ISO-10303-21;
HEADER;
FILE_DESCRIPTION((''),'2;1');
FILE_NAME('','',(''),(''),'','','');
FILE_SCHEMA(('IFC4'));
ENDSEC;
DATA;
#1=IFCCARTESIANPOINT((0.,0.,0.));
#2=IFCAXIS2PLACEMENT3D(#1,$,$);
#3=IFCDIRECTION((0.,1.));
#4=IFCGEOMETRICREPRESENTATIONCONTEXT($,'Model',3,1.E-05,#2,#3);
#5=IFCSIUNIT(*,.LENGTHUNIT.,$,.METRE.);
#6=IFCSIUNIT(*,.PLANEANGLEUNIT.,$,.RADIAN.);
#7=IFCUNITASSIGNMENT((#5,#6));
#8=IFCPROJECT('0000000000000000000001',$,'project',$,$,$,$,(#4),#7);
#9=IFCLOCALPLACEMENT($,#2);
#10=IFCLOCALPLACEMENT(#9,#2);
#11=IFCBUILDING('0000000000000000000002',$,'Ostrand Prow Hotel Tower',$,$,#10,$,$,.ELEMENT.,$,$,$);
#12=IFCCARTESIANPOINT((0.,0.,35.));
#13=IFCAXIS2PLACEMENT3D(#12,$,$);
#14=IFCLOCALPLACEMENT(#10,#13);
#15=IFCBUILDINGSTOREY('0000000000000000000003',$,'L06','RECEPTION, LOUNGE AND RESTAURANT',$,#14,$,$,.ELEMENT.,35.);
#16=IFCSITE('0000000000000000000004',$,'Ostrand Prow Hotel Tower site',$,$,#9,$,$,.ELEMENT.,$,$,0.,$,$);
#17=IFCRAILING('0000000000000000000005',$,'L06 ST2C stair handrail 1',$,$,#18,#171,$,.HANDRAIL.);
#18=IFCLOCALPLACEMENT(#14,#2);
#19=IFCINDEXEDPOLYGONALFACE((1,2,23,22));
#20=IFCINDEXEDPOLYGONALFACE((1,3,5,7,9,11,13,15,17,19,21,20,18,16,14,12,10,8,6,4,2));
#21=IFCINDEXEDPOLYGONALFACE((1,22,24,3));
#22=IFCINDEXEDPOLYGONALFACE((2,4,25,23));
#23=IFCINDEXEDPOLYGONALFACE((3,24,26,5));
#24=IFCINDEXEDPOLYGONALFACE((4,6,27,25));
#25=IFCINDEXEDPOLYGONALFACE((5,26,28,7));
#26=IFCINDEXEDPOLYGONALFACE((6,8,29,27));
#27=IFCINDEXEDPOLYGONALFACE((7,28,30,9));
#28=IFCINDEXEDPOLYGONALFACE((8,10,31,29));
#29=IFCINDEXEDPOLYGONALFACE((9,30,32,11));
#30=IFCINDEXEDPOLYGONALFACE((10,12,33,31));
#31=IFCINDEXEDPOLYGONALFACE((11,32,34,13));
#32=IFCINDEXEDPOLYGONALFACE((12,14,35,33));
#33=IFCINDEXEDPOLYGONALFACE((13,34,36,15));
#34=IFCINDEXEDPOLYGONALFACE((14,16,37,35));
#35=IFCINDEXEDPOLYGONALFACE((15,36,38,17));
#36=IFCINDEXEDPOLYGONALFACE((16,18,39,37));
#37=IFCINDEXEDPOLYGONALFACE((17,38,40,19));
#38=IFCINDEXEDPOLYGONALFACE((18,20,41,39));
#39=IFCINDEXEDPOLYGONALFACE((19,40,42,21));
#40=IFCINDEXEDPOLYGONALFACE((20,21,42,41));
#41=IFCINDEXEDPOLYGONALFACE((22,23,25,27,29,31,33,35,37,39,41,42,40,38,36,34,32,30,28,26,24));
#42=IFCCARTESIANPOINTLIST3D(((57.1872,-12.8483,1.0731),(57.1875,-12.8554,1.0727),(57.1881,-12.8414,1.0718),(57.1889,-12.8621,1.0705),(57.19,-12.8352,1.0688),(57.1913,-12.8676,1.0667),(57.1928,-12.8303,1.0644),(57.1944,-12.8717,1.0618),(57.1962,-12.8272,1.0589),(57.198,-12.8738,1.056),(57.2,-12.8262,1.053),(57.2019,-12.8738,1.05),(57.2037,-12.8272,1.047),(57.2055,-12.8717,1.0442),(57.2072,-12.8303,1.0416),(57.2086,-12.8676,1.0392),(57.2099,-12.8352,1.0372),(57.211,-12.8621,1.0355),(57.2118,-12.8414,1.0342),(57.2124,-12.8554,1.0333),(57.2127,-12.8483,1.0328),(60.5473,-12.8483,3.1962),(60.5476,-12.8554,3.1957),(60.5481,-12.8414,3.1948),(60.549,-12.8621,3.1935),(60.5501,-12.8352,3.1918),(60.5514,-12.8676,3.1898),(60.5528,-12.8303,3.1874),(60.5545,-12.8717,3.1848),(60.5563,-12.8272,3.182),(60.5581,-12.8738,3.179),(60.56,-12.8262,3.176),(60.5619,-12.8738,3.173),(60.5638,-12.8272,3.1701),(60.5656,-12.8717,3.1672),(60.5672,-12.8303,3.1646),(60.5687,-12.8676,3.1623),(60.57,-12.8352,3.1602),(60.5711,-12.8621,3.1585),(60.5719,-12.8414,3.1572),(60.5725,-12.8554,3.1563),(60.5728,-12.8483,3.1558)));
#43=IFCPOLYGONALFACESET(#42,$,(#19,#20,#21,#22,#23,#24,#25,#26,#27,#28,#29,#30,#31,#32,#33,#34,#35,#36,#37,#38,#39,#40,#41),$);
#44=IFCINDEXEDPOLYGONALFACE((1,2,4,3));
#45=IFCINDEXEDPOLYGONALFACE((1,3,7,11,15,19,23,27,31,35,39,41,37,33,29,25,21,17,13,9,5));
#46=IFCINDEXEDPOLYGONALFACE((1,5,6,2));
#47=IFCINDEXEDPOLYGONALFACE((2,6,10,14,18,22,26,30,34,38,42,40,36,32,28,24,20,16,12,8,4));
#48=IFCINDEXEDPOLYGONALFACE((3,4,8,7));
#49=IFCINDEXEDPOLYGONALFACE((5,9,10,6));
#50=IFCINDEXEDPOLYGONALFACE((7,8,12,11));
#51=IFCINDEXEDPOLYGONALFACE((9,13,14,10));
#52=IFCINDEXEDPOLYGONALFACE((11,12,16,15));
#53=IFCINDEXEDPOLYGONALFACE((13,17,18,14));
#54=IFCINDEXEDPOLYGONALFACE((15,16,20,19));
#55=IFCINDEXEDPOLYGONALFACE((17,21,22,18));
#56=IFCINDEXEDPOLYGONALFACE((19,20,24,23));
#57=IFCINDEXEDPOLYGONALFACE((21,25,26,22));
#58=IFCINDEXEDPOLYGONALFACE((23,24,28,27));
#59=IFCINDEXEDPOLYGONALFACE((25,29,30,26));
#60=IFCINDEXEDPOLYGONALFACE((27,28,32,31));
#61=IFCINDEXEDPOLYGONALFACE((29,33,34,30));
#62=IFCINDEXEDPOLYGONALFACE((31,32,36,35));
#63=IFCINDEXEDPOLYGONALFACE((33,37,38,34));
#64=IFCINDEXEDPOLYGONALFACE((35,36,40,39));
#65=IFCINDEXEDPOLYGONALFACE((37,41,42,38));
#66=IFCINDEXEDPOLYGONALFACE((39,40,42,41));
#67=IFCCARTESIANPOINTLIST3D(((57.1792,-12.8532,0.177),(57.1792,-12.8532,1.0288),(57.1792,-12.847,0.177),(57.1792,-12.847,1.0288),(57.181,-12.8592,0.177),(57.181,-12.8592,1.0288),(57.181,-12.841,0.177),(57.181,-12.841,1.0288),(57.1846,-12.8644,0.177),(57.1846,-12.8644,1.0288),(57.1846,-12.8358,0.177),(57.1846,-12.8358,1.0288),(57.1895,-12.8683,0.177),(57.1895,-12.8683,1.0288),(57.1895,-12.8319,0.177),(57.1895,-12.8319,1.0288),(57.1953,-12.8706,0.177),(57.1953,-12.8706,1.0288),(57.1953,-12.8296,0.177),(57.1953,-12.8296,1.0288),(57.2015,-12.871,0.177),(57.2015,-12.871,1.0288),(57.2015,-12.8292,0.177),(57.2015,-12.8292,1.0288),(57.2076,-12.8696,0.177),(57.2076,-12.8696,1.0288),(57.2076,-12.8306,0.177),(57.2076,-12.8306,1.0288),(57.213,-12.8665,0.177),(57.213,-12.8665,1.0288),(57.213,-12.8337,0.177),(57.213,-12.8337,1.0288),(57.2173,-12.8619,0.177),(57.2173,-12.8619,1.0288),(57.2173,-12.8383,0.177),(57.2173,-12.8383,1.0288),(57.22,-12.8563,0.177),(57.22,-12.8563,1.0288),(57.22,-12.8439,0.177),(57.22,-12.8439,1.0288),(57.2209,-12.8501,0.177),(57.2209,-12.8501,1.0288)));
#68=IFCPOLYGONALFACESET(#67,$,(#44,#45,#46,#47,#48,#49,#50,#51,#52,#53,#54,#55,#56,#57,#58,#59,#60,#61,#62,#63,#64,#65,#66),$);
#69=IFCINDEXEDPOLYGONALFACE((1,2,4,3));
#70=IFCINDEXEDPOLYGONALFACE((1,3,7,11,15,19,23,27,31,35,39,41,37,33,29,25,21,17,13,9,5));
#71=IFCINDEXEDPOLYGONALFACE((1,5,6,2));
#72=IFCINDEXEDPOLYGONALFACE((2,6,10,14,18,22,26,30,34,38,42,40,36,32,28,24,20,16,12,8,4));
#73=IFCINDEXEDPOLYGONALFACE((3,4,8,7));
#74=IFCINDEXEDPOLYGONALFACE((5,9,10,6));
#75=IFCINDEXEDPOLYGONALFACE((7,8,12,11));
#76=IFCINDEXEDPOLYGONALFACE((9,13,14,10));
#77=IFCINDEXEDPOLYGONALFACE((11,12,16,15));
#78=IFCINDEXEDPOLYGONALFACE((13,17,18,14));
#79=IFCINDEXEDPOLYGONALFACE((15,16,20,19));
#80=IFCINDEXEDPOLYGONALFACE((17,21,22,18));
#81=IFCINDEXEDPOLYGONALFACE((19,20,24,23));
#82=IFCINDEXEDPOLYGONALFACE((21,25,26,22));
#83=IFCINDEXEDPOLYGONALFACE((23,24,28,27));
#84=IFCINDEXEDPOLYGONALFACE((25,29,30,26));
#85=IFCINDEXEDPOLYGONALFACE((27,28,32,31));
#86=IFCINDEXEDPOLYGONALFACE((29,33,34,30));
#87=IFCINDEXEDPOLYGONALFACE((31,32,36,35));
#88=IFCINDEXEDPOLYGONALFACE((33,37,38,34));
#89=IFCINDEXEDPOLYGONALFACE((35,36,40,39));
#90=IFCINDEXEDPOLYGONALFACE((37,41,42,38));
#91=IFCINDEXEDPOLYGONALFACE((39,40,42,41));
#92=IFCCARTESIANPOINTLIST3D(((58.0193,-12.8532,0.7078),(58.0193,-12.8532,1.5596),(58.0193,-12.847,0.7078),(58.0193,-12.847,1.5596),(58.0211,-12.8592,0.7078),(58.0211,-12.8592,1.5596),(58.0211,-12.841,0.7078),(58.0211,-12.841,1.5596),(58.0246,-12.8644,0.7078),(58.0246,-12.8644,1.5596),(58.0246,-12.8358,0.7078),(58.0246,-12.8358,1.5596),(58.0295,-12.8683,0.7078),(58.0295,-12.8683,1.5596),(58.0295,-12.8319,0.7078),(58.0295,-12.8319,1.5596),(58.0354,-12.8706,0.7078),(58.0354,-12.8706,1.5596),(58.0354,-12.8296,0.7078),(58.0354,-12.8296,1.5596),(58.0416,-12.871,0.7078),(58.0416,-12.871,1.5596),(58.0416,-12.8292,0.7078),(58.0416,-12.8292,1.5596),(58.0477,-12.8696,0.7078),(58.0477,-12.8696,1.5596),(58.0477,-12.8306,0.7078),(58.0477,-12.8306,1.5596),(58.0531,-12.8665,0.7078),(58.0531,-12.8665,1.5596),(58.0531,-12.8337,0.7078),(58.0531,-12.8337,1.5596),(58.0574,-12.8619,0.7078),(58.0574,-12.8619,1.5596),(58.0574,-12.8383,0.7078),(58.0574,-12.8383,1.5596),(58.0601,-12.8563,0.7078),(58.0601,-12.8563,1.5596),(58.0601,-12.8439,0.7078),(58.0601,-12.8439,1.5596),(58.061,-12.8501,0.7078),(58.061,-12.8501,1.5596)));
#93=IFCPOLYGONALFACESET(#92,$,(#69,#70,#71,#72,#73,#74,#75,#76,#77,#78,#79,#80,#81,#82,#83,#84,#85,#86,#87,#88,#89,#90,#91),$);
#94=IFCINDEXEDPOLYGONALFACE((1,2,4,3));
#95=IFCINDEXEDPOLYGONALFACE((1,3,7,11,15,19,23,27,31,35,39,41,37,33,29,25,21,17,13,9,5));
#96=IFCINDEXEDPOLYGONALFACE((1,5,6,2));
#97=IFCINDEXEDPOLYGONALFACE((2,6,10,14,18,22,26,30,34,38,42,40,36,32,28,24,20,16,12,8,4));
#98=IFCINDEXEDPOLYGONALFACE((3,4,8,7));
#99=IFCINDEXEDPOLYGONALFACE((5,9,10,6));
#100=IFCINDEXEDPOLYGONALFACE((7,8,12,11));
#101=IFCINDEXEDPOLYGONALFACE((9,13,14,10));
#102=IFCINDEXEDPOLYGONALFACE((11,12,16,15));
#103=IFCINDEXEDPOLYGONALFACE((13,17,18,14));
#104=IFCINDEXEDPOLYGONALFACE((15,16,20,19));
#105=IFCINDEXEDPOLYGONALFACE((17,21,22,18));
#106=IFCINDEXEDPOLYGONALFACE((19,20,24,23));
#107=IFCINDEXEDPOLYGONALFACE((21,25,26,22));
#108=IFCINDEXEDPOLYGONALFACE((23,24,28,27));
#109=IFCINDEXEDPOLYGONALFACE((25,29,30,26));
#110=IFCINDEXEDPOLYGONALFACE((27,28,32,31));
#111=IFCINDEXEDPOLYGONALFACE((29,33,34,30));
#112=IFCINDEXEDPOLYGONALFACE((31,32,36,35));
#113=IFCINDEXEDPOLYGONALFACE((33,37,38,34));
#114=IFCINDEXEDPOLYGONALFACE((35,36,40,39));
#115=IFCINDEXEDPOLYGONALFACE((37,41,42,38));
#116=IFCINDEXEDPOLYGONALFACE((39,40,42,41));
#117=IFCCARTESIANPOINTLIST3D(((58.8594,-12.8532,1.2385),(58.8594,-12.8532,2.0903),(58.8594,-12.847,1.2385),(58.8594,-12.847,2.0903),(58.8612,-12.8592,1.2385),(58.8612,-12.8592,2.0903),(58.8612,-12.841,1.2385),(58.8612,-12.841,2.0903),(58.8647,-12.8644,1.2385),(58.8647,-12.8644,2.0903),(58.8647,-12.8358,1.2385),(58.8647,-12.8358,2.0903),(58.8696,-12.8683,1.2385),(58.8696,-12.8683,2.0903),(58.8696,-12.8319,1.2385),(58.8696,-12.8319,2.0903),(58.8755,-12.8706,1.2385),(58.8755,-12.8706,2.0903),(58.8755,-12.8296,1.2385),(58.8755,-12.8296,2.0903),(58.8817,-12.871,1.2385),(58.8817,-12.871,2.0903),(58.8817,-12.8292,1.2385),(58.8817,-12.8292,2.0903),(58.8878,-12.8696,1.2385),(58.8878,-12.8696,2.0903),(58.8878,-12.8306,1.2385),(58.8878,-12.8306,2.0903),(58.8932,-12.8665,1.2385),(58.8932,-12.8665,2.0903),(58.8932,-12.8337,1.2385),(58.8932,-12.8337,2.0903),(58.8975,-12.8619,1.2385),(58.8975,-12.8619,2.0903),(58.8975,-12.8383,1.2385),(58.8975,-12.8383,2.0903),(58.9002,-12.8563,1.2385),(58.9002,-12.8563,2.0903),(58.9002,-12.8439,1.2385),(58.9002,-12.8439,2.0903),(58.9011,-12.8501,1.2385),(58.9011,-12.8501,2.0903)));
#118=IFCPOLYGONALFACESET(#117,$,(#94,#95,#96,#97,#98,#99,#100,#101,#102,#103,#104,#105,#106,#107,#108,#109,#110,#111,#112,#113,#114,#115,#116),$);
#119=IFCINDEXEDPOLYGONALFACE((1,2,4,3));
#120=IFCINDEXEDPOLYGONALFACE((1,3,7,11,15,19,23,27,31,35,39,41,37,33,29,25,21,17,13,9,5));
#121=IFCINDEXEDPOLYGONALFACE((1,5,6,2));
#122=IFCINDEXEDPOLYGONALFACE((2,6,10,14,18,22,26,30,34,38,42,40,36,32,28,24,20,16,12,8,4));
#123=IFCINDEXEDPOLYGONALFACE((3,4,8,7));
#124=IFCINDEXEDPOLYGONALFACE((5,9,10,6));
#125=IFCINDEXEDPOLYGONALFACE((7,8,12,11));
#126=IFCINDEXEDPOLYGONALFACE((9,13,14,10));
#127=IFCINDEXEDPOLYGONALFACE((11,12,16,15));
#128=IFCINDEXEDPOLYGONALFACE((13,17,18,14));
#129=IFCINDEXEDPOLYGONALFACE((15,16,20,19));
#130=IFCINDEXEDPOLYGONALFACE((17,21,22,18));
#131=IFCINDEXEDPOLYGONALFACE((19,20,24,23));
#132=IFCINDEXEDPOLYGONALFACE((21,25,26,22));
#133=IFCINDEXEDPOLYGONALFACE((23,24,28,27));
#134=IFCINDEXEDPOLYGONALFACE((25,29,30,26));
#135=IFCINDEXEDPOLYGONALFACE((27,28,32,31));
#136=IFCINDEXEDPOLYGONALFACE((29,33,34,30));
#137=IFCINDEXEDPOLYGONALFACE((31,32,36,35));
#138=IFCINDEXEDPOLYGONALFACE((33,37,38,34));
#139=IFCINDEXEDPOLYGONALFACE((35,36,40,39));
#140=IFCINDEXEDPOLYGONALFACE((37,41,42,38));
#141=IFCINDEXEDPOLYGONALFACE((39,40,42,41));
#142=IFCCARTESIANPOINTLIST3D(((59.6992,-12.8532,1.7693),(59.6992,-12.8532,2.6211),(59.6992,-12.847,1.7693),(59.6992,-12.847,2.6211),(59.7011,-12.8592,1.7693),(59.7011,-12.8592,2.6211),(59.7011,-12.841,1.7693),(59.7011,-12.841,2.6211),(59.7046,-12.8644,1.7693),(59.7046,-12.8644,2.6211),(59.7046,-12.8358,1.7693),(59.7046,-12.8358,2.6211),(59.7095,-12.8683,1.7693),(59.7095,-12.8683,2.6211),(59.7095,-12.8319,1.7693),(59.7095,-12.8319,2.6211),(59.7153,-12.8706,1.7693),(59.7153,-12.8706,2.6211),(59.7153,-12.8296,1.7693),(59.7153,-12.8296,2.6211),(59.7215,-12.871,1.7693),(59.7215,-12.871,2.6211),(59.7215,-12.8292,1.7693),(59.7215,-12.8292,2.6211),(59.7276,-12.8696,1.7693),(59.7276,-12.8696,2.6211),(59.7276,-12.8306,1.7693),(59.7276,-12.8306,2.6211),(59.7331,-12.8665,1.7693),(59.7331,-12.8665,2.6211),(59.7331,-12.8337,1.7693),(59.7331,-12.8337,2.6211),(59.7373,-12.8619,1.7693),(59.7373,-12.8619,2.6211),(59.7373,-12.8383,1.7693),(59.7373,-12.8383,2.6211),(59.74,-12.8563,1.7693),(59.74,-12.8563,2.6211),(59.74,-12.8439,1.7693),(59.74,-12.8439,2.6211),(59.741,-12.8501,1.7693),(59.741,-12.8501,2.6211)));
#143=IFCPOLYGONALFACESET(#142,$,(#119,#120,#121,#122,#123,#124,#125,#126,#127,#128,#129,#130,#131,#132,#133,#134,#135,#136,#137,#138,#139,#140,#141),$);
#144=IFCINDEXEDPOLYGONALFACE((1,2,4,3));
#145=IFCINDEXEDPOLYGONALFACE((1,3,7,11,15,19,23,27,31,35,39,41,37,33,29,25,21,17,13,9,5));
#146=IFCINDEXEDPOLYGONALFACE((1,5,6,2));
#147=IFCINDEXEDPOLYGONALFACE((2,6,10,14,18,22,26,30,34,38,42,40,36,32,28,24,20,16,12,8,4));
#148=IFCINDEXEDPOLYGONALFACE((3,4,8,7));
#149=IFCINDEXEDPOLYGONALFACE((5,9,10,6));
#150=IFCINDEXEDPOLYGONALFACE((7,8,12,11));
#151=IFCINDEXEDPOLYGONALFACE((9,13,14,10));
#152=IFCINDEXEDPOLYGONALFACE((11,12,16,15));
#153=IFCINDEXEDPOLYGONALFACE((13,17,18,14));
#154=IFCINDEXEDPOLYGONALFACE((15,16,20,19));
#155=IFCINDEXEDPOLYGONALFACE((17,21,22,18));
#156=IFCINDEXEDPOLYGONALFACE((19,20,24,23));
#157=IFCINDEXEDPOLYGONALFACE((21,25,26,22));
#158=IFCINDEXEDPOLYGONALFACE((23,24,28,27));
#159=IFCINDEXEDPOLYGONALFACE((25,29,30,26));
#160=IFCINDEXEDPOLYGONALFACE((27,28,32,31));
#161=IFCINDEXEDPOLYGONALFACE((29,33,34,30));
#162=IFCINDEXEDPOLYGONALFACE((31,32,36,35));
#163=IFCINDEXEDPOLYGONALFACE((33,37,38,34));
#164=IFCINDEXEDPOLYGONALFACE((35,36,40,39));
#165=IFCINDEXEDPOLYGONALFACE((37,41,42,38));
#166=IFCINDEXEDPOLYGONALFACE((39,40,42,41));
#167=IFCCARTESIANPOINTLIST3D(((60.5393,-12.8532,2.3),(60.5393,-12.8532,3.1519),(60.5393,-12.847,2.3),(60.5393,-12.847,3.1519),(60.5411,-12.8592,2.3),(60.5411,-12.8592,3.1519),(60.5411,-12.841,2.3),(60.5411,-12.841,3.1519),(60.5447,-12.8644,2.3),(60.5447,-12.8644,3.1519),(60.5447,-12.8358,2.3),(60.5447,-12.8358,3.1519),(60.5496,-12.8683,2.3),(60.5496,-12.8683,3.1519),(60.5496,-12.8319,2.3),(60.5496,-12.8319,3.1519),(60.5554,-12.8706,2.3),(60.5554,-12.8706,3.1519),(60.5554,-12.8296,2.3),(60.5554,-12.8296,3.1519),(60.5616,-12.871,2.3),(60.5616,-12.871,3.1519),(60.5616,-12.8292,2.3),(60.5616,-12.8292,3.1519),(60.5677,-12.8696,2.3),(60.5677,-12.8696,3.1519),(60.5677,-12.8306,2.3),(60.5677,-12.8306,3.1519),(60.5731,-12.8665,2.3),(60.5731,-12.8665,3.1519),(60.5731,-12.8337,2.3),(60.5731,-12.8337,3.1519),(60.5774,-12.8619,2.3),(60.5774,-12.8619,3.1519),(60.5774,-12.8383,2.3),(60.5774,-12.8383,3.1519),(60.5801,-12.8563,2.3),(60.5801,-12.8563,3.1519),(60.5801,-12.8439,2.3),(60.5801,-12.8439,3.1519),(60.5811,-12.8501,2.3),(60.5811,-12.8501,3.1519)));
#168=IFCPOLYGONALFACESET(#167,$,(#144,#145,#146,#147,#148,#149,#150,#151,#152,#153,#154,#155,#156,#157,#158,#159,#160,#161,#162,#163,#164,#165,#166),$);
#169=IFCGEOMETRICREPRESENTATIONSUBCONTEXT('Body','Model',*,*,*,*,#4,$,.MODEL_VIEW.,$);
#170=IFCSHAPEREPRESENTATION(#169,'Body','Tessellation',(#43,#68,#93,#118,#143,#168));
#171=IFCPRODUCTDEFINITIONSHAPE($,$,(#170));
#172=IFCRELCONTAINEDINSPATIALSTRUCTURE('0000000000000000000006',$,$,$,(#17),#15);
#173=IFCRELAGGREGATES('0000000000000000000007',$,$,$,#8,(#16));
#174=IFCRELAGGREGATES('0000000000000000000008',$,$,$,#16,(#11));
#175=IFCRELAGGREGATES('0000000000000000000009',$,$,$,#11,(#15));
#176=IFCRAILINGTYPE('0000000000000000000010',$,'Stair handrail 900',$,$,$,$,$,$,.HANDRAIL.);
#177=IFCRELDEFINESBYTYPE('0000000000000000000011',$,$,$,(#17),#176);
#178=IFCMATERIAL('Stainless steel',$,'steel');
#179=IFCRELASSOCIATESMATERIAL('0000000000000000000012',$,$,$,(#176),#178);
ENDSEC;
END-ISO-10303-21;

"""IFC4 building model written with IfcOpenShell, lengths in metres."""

from ifc_helpers import new_model, si_unit, direction, frame, origin, origin_2d, place, context, subcontext, project, spatial, circle, extrude, material, type_object, element, save


model = new_model("IFC4")

# Units and contexts
model_context = context("Model", 3, precision=1e-05, world=origin(), true_north=direction((0.0, 1.0)))
body_context = subcontext(model_context, "Body", "Model", "MODEL_VIEW")
ifc_project = project(units=[si_unit("LENGTHUNIT", "METRE"), si_unit("PLANEANGLEUNIT", "RADIAN")], contexts=[model_context])

# Site, building, storey
site_placement = place(None, origin())
site = spatial("IfcSite", under=ifc_project, at=site_placement, Name="Ostrand Prow Hotel Tower site", CompositionType="ELEMENT", RefElevation=0.0)
building_placement = place(site_placement, origin())
building = spatial("IfcBuilding", under=site, at=building_placement, Name="Ostrand Prow Hotel Tower", CompositionType="ELEMENT")
storey_placement = place(building_placement, frame((0.0, 0.0, 35.0)))
storey = spatial("IfcBuildingStorey", under=building, at=storey_placement, Name="L06", Description="RECEPTION, LOUNGE AND RESTAURANT", CompositionType="ELEMENT", Elevation=35.0)

# Railing
ifc_material_1 = material(Name="Stainless steel", Category="steel")
railing_type_1 = type_object("IfcRailingType", Name="Stair handrail 900", PredefinedType="HANDRAIL", material=ifc_material_1)
railing_1_placement = place(storey_placement, frame((57.2, -12.8501, 0.177)))
element("IfcRailing", 1, at=railing_1_placement, inside=storey, type_object=railing_type_1, Name="L06 ST2C stair handrail 1", PredefinedType="HANDRAIL", context=body_context, shape_type="SweptSolid", body=[
    extrude(circle(Radius=0.0239, at=origin_2d()), frame((0.0, 0.0, 0.876), z_axis=(0.84539, 0.0, 0.53415), x_axis=(0.0, 1.0, 0.0)), (0.0, 0.0, 1.0), 3.9746),
    extrude(circle(Radius=0.021, at=origin_2d()), origin(), (0.0, 0.0, 1.0), 0.8518),
    extrude(circle(Radius=0.021, at=origin_2d()), frame((0.8401, 0.0, 0.5308)), (0.0, 0.0, 1.0), 0.8518),
    extrude(circle(Radius=0.021, at=origin_2d()), frame((1.6802, 0.0, 1.0615)), (0.0, 0.0, 1.0), 0.8518),
    extrude(circle(Radius=0.021, at=origin_2d()), frame((2.52, 0.0, 1.5923)), (0.0, 0.0, 1.0), 0.8518),
    extrude(circle(Radius=0.021, at=origin_2d()), frame((3.3601, 0.0, 2.123)), (0.0, 0.0, 1.0), 0.8518),
])

save(model, "model.ifc")
